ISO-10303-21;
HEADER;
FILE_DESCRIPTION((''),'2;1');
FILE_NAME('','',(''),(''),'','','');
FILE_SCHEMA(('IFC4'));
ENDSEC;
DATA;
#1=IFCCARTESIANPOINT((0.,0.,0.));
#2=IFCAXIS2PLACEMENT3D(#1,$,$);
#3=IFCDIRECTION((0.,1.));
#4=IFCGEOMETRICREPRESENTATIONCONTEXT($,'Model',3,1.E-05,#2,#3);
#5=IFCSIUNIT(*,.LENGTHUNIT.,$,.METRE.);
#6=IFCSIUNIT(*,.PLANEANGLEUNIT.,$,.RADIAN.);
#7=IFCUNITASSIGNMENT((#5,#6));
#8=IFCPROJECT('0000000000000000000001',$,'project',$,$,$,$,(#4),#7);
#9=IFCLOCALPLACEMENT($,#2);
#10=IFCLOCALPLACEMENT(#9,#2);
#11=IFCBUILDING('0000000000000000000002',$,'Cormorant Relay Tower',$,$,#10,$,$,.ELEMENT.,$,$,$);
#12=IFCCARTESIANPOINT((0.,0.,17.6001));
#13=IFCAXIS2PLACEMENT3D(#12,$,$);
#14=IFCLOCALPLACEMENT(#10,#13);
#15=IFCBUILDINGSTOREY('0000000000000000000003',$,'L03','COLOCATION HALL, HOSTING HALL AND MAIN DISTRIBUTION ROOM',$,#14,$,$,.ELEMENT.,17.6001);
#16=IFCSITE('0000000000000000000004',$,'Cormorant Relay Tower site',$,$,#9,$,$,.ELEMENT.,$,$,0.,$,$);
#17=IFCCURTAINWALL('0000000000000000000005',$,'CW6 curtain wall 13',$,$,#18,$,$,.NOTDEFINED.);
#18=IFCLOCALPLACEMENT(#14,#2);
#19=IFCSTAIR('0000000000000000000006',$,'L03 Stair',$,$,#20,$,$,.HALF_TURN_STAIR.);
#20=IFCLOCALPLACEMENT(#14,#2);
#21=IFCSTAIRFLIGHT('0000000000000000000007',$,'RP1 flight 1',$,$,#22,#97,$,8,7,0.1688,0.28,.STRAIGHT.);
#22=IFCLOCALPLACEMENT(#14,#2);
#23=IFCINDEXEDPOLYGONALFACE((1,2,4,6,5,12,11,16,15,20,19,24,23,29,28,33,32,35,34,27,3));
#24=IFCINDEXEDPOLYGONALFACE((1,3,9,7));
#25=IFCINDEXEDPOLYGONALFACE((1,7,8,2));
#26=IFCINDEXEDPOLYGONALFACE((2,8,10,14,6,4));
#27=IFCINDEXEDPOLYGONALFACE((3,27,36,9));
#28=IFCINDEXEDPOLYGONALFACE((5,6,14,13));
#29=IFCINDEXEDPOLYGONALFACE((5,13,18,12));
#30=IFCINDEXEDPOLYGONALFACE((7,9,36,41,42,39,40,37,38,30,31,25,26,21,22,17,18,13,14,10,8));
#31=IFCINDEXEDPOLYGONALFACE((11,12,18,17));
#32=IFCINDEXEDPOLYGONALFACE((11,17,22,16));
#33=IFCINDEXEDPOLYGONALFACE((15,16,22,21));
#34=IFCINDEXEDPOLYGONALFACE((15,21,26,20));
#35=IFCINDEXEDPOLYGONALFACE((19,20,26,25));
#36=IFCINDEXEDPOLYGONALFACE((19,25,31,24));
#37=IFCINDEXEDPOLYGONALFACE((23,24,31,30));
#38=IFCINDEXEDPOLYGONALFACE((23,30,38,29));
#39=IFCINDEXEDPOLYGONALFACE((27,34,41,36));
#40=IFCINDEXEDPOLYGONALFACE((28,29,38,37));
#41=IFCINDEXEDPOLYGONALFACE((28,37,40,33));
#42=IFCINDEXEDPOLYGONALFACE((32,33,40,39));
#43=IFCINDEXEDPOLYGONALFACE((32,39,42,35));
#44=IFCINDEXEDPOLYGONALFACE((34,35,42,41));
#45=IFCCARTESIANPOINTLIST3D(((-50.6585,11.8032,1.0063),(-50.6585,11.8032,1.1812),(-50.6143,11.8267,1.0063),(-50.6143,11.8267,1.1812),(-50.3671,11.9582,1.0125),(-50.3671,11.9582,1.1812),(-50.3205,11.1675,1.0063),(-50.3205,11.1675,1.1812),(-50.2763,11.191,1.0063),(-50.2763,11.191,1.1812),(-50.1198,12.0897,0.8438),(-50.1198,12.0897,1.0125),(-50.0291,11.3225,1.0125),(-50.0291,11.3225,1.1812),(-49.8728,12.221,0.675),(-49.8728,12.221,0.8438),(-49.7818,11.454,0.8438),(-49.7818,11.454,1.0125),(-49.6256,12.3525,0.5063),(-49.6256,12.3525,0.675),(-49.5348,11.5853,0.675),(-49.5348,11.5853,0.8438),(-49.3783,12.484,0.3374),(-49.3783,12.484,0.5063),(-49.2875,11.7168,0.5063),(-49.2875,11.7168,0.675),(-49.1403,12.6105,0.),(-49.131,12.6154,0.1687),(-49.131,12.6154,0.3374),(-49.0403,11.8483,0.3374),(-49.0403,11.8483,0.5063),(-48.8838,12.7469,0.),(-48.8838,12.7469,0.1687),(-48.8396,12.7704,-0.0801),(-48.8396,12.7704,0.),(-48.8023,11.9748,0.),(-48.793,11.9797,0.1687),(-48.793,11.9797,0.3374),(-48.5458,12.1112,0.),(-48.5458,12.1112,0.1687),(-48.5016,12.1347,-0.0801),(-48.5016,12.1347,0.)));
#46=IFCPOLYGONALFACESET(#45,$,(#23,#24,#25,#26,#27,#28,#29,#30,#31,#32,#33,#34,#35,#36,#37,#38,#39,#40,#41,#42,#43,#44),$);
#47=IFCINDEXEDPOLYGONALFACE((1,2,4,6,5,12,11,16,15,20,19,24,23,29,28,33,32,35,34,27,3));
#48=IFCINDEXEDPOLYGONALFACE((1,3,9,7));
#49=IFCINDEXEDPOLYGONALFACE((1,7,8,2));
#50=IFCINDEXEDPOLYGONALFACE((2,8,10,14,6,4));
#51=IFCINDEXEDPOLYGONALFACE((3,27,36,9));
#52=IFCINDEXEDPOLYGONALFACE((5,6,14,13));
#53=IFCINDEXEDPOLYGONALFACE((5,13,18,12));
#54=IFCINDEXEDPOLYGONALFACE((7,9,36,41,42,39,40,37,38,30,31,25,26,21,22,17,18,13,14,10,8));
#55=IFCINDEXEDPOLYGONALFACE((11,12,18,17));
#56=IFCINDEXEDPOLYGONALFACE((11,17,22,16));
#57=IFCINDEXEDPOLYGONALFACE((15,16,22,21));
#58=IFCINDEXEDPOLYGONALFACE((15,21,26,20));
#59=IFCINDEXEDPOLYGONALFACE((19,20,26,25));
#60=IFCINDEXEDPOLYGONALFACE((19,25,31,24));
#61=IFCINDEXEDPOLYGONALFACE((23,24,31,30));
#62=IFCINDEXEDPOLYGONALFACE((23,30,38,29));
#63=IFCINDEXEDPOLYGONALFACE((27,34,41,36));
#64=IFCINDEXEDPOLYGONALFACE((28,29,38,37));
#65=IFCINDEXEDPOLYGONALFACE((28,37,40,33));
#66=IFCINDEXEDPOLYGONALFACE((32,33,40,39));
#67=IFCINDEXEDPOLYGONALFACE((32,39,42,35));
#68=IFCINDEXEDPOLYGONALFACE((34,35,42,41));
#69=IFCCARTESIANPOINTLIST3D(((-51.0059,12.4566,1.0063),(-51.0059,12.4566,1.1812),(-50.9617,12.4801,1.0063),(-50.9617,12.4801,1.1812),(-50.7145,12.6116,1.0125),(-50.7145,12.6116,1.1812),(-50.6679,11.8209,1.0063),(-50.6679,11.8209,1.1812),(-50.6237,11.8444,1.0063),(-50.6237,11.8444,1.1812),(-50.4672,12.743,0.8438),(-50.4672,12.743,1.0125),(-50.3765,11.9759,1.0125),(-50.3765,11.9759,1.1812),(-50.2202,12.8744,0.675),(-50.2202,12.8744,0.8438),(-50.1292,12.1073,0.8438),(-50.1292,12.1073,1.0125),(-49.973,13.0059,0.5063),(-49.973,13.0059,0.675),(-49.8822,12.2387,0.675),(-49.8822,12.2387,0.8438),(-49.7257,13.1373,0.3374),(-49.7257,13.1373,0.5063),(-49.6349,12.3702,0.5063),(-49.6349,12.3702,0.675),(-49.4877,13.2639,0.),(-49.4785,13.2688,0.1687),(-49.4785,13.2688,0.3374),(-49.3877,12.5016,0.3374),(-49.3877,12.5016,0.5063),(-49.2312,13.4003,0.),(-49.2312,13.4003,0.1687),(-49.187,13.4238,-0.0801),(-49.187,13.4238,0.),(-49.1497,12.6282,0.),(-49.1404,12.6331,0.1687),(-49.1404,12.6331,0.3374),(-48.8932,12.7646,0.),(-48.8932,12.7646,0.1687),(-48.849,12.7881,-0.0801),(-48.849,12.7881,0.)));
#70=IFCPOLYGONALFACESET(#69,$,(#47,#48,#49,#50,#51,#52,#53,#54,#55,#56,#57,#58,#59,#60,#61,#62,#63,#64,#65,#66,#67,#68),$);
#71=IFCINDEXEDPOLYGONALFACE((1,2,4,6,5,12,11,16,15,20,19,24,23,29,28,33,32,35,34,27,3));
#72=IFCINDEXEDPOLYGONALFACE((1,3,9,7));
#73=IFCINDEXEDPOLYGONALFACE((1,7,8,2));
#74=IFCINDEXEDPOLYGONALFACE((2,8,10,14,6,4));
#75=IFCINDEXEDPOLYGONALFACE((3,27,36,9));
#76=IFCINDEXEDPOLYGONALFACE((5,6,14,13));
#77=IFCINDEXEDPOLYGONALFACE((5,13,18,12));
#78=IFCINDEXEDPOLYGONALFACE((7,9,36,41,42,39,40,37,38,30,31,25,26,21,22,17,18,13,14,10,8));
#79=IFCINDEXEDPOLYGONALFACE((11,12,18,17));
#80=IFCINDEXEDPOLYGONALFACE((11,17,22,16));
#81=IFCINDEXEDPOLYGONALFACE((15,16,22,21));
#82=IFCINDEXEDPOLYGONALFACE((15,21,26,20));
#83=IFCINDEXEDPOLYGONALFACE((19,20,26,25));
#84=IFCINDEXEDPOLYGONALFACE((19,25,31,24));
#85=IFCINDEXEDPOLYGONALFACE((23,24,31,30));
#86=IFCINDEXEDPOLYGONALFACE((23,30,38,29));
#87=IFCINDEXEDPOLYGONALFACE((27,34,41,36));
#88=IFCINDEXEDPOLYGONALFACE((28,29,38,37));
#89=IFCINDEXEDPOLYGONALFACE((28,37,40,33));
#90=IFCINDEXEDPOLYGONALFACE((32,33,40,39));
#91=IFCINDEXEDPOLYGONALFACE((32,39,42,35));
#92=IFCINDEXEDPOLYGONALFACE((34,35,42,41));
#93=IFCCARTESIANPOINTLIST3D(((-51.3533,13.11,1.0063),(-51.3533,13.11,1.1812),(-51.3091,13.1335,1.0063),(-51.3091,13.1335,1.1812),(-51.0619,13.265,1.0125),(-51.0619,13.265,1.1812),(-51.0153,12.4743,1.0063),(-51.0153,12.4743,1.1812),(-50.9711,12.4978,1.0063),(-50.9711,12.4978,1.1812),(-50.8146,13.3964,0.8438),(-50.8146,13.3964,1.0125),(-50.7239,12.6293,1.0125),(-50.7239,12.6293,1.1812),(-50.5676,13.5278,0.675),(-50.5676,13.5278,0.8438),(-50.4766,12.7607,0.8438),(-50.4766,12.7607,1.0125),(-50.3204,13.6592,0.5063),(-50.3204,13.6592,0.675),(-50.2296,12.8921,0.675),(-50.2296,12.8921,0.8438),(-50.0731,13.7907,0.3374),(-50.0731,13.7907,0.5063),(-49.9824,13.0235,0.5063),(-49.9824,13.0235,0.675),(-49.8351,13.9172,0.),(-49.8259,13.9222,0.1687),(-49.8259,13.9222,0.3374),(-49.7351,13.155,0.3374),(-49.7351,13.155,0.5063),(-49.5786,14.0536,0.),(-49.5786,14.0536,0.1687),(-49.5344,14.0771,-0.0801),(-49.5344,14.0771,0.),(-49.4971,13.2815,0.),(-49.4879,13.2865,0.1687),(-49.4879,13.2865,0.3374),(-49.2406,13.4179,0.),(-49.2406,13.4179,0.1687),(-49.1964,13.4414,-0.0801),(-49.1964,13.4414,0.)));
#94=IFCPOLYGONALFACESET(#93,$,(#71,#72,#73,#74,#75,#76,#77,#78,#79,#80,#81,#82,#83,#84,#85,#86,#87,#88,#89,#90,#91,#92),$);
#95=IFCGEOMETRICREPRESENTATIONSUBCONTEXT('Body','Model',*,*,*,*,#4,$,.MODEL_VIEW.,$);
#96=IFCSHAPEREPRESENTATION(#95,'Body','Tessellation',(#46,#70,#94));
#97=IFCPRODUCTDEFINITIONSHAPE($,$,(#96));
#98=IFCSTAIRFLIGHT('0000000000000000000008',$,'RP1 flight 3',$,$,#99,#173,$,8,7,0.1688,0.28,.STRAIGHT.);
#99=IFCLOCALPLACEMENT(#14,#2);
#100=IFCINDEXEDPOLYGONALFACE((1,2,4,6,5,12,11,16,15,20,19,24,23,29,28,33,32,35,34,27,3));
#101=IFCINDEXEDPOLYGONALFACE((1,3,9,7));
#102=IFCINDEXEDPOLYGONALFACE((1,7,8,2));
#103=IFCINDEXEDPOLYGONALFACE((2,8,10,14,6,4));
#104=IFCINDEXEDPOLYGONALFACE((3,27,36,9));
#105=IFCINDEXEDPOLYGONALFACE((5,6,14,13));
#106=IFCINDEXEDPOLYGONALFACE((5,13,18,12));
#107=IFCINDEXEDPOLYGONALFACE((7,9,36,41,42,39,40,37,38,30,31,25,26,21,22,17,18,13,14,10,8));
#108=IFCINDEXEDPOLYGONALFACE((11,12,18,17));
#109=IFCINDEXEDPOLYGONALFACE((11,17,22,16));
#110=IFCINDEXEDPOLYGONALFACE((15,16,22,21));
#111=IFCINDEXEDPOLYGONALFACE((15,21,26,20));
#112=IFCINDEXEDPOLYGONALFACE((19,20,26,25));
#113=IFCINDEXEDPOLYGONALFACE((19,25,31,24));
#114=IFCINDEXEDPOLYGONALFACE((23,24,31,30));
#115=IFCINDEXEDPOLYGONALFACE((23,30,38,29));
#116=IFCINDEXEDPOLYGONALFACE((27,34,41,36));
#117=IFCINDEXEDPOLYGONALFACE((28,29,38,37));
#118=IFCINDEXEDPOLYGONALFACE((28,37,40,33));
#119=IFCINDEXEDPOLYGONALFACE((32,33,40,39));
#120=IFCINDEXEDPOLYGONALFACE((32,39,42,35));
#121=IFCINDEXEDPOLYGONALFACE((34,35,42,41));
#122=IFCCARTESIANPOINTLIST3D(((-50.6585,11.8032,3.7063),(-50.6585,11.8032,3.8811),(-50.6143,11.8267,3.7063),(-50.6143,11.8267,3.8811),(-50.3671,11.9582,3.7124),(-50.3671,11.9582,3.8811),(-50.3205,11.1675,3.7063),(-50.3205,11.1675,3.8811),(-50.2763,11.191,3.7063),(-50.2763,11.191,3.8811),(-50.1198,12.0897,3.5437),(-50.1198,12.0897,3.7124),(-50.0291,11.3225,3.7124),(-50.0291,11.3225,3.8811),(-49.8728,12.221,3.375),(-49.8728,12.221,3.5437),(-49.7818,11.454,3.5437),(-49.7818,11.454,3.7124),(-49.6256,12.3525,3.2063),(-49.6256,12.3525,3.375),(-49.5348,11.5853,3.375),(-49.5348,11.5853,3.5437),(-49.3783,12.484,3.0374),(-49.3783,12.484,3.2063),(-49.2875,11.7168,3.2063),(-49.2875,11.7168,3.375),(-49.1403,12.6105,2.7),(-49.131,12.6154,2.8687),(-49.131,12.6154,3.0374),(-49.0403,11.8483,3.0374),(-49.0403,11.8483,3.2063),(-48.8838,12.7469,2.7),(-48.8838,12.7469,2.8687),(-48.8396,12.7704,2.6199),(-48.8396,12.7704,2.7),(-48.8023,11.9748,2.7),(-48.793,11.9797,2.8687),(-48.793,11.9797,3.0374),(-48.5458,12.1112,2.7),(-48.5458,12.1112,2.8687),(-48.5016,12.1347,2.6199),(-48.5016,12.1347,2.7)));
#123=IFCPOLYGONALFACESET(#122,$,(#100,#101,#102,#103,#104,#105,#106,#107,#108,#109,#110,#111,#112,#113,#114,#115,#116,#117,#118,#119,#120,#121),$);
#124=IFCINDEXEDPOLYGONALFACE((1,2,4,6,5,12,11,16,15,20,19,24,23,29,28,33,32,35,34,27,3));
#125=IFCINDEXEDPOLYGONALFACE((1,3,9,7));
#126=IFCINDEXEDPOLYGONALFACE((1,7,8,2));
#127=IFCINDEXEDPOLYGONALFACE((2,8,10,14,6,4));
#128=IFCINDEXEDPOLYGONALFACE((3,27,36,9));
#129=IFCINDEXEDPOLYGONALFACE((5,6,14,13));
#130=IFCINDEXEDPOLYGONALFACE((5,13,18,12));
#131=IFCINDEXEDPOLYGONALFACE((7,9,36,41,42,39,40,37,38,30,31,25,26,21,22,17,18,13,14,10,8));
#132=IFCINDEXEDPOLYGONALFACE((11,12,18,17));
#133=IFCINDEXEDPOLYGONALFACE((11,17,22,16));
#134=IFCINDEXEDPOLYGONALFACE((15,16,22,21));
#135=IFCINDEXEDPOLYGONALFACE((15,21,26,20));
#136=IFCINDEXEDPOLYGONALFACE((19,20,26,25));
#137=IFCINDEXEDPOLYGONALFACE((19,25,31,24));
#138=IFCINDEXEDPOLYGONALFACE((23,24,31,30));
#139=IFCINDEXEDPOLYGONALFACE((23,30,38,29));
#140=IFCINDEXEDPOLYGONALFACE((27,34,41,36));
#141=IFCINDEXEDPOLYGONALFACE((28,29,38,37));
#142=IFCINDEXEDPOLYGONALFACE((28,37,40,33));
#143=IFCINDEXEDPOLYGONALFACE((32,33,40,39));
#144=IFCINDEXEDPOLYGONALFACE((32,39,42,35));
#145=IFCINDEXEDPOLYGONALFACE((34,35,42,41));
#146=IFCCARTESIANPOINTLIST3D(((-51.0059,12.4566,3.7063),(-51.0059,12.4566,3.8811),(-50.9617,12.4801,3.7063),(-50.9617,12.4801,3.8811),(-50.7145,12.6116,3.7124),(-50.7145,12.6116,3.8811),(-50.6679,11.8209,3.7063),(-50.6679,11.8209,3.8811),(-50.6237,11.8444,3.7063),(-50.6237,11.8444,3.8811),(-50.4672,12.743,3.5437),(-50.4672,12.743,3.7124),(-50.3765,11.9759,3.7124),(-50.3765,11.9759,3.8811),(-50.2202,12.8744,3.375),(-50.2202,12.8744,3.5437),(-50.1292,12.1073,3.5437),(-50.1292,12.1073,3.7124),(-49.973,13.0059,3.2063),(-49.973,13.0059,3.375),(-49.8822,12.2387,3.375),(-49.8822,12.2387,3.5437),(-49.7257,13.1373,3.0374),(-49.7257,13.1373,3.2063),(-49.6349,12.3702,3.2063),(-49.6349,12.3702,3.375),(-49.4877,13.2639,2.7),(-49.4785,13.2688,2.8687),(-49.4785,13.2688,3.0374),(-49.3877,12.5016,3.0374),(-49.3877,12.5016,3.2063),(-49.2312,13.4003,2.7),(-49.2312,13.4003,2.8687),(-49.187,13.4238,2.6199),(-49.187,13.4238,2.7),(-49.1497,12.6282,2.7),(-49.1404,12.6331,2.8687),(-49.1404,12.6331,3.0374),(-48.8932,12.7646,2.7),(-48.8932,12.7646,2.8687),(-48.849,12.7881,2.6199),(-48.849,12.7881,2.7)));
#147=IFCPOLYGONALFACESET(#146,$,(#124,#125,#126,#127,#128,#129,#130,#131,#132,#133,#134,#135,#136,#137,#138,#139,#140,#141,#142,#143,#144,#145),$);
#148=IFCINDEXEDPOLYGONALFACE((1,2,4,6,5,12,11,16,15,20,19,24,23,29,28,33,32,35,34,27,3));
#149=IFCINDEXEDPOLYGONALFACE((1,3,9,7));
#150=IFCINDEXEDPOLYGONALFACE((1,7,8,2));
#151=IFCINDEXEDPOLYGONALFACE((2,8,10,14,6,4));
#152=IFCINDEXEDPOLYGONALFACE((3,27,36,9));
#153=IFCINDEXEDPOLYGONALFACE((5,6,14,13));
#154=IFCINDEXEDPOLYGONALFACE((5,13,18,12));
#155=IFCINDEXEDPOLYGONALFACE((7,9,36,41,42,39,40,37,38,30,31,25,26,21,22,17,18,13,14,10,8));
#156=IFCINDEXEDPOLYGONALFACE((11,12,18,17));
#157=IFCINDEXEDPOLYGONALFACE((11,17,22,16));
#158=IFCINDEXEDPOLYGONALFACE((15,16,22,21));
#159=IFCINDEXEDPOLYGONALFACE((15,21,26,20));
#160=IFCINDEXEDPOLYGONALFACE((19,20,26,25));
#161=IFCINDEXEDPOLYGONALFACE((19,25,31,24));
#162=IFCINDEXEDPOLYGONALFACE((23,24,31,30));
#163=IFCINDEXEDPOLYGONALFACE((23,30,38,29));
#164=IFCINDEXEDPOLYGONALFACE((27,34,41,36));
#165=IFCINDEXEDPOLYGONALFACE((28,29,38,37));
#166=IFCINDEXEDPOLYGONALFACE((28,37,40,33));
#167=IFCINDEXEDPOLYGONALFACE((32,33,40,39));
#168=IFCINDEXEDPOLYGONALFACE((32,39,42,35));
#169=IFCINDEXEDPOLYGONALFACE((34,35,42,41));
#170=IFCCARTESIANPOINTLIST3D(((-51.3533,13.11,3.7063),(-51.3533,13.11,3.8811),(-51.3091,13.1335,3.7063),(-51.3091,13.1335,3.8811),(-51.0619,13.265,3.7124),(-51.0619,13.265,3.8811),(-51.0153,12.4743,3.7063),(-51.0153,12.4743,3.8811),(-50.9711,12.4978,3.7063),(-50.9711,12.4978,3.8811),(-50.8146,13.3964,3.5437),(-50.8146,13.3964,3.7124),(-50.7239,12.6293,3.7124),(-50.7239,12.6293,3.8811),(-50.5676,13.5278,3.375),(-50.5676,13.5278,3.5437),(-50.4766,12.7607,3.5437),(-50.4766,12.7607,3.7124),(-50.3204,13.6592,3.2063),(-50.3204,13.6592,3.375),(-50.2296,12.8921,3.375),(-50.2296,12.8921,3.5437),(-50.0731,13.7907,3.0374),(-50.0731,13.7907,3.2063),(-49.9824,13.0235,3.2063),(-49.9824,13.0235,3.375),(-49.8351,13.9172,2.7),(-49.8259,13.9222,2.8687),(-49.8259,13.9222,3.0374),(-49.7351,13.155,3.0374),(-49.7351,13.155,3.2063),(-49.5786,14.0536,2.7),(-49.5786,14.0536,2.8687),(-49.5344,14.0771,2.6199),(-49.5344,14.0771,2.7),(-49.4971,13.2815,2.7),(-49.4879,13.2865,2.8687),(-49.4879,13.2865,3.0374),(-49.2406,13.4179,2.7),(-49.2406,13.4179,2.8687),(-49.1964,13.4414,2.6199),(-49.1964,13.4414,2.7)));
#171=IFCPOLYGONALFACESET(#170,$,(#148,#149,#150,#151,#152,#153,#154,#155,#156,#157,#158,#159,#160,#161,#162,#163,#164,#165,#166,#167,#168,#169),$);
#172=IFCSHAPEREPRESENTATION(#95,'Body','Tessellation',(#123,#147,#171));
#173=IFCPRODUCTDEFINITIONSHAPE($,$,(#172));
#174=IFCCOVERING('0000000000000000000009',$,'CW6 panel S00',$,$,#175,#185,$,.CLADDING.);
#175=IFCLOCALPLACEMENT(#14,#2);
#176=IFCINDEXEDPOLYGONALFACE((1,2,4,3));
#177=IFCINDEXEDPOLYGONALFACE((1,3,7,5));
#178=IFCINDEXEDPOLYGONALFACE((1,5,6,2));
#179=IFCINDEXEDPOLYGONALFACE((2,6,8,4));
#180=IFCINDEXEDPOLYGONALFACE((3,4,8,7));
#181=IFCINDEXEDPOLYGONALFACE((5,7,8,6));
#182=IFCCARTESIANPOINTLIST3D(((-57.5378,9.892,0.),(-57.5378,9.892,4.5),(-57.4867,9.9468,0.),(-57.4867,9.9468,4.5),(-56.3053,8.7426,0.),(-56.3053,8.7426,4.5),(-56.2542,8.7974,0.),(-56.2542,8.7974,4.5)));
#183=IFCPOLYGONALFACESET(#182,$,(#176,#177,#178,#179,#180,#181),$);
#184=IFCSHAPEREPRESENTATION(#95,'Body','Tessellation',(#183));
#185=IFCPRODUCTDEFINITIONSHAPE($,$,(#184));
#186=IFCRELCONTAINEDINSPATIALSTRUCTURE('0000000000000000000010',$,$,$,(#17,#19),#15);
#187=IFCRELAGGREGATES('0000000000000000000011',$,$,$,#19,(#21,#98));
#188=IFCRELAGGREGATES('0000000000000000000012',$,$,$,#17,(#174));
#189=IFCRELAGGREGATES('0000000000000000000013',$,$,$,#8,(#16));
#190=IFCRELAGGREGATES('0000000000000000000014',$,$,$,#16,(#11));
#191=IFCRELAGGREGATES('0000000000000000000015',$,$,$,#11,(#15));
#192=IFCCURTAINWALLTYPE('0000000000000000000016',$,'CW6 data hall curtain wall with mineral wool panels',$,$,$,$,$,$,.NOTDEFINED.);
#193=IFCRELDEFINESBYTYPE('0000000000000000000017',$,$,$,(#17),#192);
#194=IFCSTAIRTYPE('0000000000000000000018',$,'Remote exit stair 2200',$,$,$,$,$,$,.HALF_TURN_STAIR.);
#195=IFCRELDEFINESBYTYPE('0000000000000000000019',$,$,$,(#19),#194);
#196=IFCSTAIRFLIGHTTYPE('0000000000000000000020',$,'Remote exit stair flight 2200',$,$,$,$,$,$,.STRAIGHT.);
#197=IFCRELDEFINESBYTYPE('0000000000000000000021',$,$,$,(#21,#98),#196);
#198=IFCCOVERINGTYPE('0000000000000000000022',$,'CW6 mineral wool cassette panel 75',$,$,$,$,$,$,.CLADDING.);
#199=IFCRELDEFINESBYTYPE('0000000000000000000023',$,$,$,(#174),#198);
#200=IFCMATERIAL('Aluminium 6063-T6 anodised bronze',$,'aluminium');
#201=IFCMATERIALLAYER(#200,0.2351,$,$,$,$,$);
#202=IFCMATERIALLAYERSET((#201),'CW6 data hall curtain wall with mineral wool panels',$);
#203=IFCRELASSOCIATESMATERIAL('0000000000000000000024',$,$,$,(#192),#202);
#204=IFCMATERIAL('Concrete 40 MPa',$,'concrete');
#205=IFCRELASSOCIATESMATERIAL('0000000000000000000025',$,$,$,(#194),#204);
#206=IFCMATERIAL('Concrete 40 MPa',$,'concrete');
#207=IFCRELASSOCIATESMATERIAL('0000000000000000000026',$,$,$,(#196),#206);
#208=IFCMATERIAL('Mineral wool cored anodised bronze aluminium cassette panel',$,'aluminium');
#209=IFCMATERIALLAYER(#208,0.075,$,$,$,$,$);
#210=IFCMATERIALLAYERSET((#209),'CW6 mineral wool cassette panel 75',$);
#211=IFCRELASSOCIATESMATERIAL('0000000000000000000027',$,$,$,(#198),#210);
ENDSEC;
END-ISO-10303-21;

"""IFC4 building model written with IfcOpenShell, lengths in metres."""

from ifc_helpers import new_model, si_unit, direction, frame, origin, origin_2d, place, context, subcontext, project, spatial, polyline, rectangle, outline, extrude, material, layer, layer_set, type_object, element, aggregate, save


model = new_model("IFC4")

# Units and contexts
model_context = context("Model", 3, precision=1e-05, world=origin(), true_north=direction((0.0, 1.0)))
body_context = subcontext(model_context, "Body", "Model", "MODEL_VIEW")
ifc_project = project(units=[si_unit("LENGTHUNIT", "METRE"), si_unit("PLANEANGLEUNIT", "RADIAN")], contexts=[model_context])

# Site, building, storey
site_placement = place(None, origin())
site = spatial("IfcSite", under=ifc_project, at=site_placement, Name="Cormorant Relay Tower site", CompositionType="ELEMENT", RefElevation=0.0)
building_placement = place(site_placement, origin())
building = spatial("IfcBuilding", under=site, at=building_placement, Name="Cormorant Relay Tower", CompositionType="ELEMENT")
storey_placement = place(building_placement, frame((0.0, 0.0, 17.6001)))
storey = spatial("IfcBuildingStorey", under=building, at=storey_placement, Name="L03", Description="COLOCATION HALL, HOSTING HALL AND MAIN DISTRIBUTION ROOM", CompositionType="ELEMENT", Elevation=17.6001)

# Curtain wall
ifc_material_1 = material(Name="Aluminium 6063-T6 anodised bronze", Category="aluminium")
ifc_layer_1 = layer(ifc_material_1, 0.2351)
ifc_layer_set_1 = layer_set([ifc_layer_1], Name="CW6 data hall curtain wall with mineral wool panels")
curtain_wall_type = type_object("IfcCurtainWallType", Name="CW6 data hall curtain wall with mineral wool panels", PredefinedType="NOTDEFINED", material=ifc_layer_set_1)
curtain_wall_1_placement = place(storey_placement, origin())
curtain_wall_1 = element("IfcCurtainWall", 1, at=curtain_wall_1_placement, inside=storey, type_object=curtain_wall_type, Name="CW6 curtain wall 13", PredefinedType="NOTDEFINED")

# Stair, stair flights
ifc_material_2 = material(Name="Concrete 40 MPa", Category="concrete")
stair_type = type_object("IfcStairType", Name="Remote exit stair 2200", PredefinedType="HALF_TURN_STAIR", material=ifc_material_2)
stair_placement = place(storey_placement, origin())
stair = element("IfcStair", 2, at=stair_placement, inside=storey, type_object=stair_type, Name="L03 Stair", PredefinedType="HALF_TURN_STAIR")
ifc_material_3 = material(Name="Concrete 40 MPa", Category="concrete")
stair_flight_type = type_object("IfcStairFlightType", Name="Remote exit stair flight 2200", PredefinedType="STRAIGHT", material=ifc_material_3)
stair_flight_1_placement = place(storey_placement, frame((-49.0623, 13.0825, 0.0), z_axis=(0.0, 0.0, 1.0), x_axis=(-0.882948, -0.469472, 0.0)))
stair_flight_1 = element("IfcStairFlight", 3, at=stair_flight_1_placement, type_object=stair_flight_type, Name="RP1 flight 1", NumberOfRisers=8, NumberOfTreads=7, PredefinedType="STRAIGHT", RiserHeight=0.1688, TreadLength=0.28, context=body_context, shape_type="SweptSolid", body=[
    extrude(outline(polyline([(-0.05, -0.0801), (-0.05, 0.0), (0.0, 0.0), (0.0, 0.1687), (0.28, 0.1687), (0.28, 0.3374), (0.5601, 0.3374), (0.5601, 0.5063), (0.8401, 0.5063), (0.8401, 0.675), (1.1201, 0.675), (1.1201, 0.8438), (1.3999, 0.8438), (1.3999, 1.0125), (1.6799, 1.0125), (1.6799, 1.1812), (1.96, 1.1812), (2.01, 1.1812), (2.01, 1.0063), (1.96, 1.0063), (0.2905, 0.0), (-0.05, -0.0801)])), frame((0.0, 1.1001, 0.0), z_axis=(0.0, -1.0, 0.0), x_axis=(1.0, 0.0, 0.0)), (0.0, 0.0, 1.0), 0.72),
    extrude(outline(polyline([(-0.05, -0.0801), (-0.05, 0.0), (0.0, 0.0), (0.0, 0.1687), (0.28, 0.1687), (0.28, 0.3374), (0.5601, 0.3374), (0.5601, 0.5063), (0.8401, 0.5063), (0.8401, 0.675), (1.1201, 0.675), (1.1201, 0.8438), (1.3999, 0.8438), (1.3999, 1.0125), (1.6799, 1.0125), (1.6799, 1.1812), (1.96, 1.1812), (2.01, 1.1812), (2.01, 1.0063), (1.96, 1.0063), (0.2905, 0.0), (-0.05, -0.0801)])), frame((0.0, 0.3601, 0.0), z_axis=(0.0, -1.0, 0.0), x_axis=(1.0, 0.0, 0.0)), (0.0, 0.0, 1.0), 0.72),
    extrude(outline(polyline([(-0.05, -0.0801), (-0.05, 0.0), (0.0, 0.0), (0.0, 0.1687), (0.28, 0.1687), (0.28, 0.3374), (0.5601, 0.3374), (0.5601, 0.5063), (0.8401, 0.5063), (0.8401, 0.675), (1.1201, 0.675), (1.1201, 0.8438), (1.3999, 0.8438), (1.3999, 1.0125), (1.6799, 1.0125), (1.6799, 1.1812), (1.96, 1.1812), (2.01, 1.1812), (2.01, 1.0063), (1.96, 1.0063), (0.2905, 0.0), (-0.05, -0.0801)])), frame((0.0, -0.3799, 0.0), z_axis=(0.0, -1.0, 0.0), x_axis=(1.0, 0.0, 0.0)), (0.0, 0.0, 1.0), 0.72),
])
stair_flight_2_placement = place(storey_placement, frame((-49.0623, 13.0825, 2.7), z_axis=(0.0, 0.0, 1.0), x_axis=(-0.882948, -0.469472, 0.0)))
stair_flight_2 = element("IfcStairFlight", 4, at=stair_flight_2_placement, type_object=stair_flight_type, Name="RP1 flight 3", NumberOfRisers=8, NumberOfTreads=7, PredefinedType="STRAIGHT", RiserHeight=0.1688, TreadLength=0.28, context=body_context, shape_type="SweptSolid", body=[
    extrude(outline(polyline([(-0.05, -0.0801), (-0.05, 0.0), (0.0, 0.0), (0.0, 0.1687), (0.28, 0.1687), (0.28, 0.3374), (0.5601, 0.3374), (0.5601, 0.5063), (0.8401, 0.5063), (0.8401, 0.675), (1.1201, 0.675), (1.1201, 0.8438), (1.3999, 0.8438), (1.3999, 1.0125), (1.6799, 1.0125), (1.6799, 1.1812), (1.96, 1.1812), (2.01, 1.1812), (2.01, 1.0063), (1.96, 1.0063), (0.2905, 0.0), (-0.05, -0.0801)])), frame((0.0, 1.1001, 0.0), z_axis=(0.0, -1.0, 0.0), x_axis=(1.0, 0.0, 0.0)), (0.0, 0.0, 1.0), 0.72),
    extrude(outline(polyline([(-0.05, -0.0801), (-0.05, 0.0), (0.0, 0.0), (0.0, 0.1687), (0.28, 0.1687), (0.28, 0.3374), (0.5601, 0.3374), (0.5601, 0.5063), (0.8401, 0.5063), (0.8401, 0.675), (1.1201, 0.675), (1.1201, 0.8438), (1.3999, 0.8438), (1.3999, 1.0125), (1.6799, 1.0125), (1.6799, 1.1812), (1.96, 1.1812), (2.01, 1.1812), (2.01, 1.0063), (1.96, 1.0063), (0.2905, 0.0), (-0.05, -0.0801)])), frame((0.0, 0.3601, 0.0), z_axis=(0.0, -1.0, 0.0), x_axis=(1.0, 0.0, 0.0)), (0.0, 0.0, 1.0), 0.72),
    extrude(outline(polyline([(-0.05, -0.0801), (-0.05, 0.0), (0.0, 0.0), (0.0, 0.1687), (0.28, 0.1687), (0.28, 0.3374), (0.5601, 0.3374), (0.5601, 0.5063), (0.8401, 0.5063), (0.8401, 0.675), (1.1201, 0.675), (1.1201, 0.8438), (1.3999, 0.8438), (1.3999, 1.0125), (1.6799, 1.0125), (1.6799, 1.1812), (1.96, 1.1812), (2.01, 1.1812), (2.01, 1.0063), (1.96, 1.0063), (0.2905, 0.0), (-0.05, -0.0801)])), frame((0.0, -0.3799, 0.0), z_axis=(0.0, -1.0, 0.0), x_axis=(1.0, 0.0, 0.0)), (0.0, 0.0, 1.0), 0.72),
])
aggregate(stair, [stair_flight_1, stair_flight_2])

# Covering
ifc_material_4 = material(Name="Mineral wool cored anodised bronze aluminium cassette panel", Category="aluminium")
ifc_layer_2 = layer(ifc_material_4, 0.075)
ifc_layer_set_2 = layer_set([ifc_layer_2], Name="CW6 mineral wool cassette panel 75")
covering_type = type_object("IfcCoveringType", Name="CW6 mineral wool cassette panel 75", PredefinedType="CLADDING", material=ifc_layer_set_2)
covering_1_placement = place(storey_placement, frame((-56.896, 9.3447, 0.0), z_axis=(0.0, 0.0, 1.0), x_axis=(0.731354, -0.681998, 0.0)))
covering_1 = element("IfcCovering", 5, at=covering_1_placement, type_object=covering_type, Name="CW6 panel S00", PredefinedType="CLADDING", context=body_context, shape_type="SweptSolid", body=[
    extrude(rectangle(XDim=1.6853, YDim=0.075, at=origin_2d()), origin(), (0.0, 0.0, 1.0), 4.5),
])
aggregate(curtain_wall_1, [covering_1])

save(model, "model.ifc")
